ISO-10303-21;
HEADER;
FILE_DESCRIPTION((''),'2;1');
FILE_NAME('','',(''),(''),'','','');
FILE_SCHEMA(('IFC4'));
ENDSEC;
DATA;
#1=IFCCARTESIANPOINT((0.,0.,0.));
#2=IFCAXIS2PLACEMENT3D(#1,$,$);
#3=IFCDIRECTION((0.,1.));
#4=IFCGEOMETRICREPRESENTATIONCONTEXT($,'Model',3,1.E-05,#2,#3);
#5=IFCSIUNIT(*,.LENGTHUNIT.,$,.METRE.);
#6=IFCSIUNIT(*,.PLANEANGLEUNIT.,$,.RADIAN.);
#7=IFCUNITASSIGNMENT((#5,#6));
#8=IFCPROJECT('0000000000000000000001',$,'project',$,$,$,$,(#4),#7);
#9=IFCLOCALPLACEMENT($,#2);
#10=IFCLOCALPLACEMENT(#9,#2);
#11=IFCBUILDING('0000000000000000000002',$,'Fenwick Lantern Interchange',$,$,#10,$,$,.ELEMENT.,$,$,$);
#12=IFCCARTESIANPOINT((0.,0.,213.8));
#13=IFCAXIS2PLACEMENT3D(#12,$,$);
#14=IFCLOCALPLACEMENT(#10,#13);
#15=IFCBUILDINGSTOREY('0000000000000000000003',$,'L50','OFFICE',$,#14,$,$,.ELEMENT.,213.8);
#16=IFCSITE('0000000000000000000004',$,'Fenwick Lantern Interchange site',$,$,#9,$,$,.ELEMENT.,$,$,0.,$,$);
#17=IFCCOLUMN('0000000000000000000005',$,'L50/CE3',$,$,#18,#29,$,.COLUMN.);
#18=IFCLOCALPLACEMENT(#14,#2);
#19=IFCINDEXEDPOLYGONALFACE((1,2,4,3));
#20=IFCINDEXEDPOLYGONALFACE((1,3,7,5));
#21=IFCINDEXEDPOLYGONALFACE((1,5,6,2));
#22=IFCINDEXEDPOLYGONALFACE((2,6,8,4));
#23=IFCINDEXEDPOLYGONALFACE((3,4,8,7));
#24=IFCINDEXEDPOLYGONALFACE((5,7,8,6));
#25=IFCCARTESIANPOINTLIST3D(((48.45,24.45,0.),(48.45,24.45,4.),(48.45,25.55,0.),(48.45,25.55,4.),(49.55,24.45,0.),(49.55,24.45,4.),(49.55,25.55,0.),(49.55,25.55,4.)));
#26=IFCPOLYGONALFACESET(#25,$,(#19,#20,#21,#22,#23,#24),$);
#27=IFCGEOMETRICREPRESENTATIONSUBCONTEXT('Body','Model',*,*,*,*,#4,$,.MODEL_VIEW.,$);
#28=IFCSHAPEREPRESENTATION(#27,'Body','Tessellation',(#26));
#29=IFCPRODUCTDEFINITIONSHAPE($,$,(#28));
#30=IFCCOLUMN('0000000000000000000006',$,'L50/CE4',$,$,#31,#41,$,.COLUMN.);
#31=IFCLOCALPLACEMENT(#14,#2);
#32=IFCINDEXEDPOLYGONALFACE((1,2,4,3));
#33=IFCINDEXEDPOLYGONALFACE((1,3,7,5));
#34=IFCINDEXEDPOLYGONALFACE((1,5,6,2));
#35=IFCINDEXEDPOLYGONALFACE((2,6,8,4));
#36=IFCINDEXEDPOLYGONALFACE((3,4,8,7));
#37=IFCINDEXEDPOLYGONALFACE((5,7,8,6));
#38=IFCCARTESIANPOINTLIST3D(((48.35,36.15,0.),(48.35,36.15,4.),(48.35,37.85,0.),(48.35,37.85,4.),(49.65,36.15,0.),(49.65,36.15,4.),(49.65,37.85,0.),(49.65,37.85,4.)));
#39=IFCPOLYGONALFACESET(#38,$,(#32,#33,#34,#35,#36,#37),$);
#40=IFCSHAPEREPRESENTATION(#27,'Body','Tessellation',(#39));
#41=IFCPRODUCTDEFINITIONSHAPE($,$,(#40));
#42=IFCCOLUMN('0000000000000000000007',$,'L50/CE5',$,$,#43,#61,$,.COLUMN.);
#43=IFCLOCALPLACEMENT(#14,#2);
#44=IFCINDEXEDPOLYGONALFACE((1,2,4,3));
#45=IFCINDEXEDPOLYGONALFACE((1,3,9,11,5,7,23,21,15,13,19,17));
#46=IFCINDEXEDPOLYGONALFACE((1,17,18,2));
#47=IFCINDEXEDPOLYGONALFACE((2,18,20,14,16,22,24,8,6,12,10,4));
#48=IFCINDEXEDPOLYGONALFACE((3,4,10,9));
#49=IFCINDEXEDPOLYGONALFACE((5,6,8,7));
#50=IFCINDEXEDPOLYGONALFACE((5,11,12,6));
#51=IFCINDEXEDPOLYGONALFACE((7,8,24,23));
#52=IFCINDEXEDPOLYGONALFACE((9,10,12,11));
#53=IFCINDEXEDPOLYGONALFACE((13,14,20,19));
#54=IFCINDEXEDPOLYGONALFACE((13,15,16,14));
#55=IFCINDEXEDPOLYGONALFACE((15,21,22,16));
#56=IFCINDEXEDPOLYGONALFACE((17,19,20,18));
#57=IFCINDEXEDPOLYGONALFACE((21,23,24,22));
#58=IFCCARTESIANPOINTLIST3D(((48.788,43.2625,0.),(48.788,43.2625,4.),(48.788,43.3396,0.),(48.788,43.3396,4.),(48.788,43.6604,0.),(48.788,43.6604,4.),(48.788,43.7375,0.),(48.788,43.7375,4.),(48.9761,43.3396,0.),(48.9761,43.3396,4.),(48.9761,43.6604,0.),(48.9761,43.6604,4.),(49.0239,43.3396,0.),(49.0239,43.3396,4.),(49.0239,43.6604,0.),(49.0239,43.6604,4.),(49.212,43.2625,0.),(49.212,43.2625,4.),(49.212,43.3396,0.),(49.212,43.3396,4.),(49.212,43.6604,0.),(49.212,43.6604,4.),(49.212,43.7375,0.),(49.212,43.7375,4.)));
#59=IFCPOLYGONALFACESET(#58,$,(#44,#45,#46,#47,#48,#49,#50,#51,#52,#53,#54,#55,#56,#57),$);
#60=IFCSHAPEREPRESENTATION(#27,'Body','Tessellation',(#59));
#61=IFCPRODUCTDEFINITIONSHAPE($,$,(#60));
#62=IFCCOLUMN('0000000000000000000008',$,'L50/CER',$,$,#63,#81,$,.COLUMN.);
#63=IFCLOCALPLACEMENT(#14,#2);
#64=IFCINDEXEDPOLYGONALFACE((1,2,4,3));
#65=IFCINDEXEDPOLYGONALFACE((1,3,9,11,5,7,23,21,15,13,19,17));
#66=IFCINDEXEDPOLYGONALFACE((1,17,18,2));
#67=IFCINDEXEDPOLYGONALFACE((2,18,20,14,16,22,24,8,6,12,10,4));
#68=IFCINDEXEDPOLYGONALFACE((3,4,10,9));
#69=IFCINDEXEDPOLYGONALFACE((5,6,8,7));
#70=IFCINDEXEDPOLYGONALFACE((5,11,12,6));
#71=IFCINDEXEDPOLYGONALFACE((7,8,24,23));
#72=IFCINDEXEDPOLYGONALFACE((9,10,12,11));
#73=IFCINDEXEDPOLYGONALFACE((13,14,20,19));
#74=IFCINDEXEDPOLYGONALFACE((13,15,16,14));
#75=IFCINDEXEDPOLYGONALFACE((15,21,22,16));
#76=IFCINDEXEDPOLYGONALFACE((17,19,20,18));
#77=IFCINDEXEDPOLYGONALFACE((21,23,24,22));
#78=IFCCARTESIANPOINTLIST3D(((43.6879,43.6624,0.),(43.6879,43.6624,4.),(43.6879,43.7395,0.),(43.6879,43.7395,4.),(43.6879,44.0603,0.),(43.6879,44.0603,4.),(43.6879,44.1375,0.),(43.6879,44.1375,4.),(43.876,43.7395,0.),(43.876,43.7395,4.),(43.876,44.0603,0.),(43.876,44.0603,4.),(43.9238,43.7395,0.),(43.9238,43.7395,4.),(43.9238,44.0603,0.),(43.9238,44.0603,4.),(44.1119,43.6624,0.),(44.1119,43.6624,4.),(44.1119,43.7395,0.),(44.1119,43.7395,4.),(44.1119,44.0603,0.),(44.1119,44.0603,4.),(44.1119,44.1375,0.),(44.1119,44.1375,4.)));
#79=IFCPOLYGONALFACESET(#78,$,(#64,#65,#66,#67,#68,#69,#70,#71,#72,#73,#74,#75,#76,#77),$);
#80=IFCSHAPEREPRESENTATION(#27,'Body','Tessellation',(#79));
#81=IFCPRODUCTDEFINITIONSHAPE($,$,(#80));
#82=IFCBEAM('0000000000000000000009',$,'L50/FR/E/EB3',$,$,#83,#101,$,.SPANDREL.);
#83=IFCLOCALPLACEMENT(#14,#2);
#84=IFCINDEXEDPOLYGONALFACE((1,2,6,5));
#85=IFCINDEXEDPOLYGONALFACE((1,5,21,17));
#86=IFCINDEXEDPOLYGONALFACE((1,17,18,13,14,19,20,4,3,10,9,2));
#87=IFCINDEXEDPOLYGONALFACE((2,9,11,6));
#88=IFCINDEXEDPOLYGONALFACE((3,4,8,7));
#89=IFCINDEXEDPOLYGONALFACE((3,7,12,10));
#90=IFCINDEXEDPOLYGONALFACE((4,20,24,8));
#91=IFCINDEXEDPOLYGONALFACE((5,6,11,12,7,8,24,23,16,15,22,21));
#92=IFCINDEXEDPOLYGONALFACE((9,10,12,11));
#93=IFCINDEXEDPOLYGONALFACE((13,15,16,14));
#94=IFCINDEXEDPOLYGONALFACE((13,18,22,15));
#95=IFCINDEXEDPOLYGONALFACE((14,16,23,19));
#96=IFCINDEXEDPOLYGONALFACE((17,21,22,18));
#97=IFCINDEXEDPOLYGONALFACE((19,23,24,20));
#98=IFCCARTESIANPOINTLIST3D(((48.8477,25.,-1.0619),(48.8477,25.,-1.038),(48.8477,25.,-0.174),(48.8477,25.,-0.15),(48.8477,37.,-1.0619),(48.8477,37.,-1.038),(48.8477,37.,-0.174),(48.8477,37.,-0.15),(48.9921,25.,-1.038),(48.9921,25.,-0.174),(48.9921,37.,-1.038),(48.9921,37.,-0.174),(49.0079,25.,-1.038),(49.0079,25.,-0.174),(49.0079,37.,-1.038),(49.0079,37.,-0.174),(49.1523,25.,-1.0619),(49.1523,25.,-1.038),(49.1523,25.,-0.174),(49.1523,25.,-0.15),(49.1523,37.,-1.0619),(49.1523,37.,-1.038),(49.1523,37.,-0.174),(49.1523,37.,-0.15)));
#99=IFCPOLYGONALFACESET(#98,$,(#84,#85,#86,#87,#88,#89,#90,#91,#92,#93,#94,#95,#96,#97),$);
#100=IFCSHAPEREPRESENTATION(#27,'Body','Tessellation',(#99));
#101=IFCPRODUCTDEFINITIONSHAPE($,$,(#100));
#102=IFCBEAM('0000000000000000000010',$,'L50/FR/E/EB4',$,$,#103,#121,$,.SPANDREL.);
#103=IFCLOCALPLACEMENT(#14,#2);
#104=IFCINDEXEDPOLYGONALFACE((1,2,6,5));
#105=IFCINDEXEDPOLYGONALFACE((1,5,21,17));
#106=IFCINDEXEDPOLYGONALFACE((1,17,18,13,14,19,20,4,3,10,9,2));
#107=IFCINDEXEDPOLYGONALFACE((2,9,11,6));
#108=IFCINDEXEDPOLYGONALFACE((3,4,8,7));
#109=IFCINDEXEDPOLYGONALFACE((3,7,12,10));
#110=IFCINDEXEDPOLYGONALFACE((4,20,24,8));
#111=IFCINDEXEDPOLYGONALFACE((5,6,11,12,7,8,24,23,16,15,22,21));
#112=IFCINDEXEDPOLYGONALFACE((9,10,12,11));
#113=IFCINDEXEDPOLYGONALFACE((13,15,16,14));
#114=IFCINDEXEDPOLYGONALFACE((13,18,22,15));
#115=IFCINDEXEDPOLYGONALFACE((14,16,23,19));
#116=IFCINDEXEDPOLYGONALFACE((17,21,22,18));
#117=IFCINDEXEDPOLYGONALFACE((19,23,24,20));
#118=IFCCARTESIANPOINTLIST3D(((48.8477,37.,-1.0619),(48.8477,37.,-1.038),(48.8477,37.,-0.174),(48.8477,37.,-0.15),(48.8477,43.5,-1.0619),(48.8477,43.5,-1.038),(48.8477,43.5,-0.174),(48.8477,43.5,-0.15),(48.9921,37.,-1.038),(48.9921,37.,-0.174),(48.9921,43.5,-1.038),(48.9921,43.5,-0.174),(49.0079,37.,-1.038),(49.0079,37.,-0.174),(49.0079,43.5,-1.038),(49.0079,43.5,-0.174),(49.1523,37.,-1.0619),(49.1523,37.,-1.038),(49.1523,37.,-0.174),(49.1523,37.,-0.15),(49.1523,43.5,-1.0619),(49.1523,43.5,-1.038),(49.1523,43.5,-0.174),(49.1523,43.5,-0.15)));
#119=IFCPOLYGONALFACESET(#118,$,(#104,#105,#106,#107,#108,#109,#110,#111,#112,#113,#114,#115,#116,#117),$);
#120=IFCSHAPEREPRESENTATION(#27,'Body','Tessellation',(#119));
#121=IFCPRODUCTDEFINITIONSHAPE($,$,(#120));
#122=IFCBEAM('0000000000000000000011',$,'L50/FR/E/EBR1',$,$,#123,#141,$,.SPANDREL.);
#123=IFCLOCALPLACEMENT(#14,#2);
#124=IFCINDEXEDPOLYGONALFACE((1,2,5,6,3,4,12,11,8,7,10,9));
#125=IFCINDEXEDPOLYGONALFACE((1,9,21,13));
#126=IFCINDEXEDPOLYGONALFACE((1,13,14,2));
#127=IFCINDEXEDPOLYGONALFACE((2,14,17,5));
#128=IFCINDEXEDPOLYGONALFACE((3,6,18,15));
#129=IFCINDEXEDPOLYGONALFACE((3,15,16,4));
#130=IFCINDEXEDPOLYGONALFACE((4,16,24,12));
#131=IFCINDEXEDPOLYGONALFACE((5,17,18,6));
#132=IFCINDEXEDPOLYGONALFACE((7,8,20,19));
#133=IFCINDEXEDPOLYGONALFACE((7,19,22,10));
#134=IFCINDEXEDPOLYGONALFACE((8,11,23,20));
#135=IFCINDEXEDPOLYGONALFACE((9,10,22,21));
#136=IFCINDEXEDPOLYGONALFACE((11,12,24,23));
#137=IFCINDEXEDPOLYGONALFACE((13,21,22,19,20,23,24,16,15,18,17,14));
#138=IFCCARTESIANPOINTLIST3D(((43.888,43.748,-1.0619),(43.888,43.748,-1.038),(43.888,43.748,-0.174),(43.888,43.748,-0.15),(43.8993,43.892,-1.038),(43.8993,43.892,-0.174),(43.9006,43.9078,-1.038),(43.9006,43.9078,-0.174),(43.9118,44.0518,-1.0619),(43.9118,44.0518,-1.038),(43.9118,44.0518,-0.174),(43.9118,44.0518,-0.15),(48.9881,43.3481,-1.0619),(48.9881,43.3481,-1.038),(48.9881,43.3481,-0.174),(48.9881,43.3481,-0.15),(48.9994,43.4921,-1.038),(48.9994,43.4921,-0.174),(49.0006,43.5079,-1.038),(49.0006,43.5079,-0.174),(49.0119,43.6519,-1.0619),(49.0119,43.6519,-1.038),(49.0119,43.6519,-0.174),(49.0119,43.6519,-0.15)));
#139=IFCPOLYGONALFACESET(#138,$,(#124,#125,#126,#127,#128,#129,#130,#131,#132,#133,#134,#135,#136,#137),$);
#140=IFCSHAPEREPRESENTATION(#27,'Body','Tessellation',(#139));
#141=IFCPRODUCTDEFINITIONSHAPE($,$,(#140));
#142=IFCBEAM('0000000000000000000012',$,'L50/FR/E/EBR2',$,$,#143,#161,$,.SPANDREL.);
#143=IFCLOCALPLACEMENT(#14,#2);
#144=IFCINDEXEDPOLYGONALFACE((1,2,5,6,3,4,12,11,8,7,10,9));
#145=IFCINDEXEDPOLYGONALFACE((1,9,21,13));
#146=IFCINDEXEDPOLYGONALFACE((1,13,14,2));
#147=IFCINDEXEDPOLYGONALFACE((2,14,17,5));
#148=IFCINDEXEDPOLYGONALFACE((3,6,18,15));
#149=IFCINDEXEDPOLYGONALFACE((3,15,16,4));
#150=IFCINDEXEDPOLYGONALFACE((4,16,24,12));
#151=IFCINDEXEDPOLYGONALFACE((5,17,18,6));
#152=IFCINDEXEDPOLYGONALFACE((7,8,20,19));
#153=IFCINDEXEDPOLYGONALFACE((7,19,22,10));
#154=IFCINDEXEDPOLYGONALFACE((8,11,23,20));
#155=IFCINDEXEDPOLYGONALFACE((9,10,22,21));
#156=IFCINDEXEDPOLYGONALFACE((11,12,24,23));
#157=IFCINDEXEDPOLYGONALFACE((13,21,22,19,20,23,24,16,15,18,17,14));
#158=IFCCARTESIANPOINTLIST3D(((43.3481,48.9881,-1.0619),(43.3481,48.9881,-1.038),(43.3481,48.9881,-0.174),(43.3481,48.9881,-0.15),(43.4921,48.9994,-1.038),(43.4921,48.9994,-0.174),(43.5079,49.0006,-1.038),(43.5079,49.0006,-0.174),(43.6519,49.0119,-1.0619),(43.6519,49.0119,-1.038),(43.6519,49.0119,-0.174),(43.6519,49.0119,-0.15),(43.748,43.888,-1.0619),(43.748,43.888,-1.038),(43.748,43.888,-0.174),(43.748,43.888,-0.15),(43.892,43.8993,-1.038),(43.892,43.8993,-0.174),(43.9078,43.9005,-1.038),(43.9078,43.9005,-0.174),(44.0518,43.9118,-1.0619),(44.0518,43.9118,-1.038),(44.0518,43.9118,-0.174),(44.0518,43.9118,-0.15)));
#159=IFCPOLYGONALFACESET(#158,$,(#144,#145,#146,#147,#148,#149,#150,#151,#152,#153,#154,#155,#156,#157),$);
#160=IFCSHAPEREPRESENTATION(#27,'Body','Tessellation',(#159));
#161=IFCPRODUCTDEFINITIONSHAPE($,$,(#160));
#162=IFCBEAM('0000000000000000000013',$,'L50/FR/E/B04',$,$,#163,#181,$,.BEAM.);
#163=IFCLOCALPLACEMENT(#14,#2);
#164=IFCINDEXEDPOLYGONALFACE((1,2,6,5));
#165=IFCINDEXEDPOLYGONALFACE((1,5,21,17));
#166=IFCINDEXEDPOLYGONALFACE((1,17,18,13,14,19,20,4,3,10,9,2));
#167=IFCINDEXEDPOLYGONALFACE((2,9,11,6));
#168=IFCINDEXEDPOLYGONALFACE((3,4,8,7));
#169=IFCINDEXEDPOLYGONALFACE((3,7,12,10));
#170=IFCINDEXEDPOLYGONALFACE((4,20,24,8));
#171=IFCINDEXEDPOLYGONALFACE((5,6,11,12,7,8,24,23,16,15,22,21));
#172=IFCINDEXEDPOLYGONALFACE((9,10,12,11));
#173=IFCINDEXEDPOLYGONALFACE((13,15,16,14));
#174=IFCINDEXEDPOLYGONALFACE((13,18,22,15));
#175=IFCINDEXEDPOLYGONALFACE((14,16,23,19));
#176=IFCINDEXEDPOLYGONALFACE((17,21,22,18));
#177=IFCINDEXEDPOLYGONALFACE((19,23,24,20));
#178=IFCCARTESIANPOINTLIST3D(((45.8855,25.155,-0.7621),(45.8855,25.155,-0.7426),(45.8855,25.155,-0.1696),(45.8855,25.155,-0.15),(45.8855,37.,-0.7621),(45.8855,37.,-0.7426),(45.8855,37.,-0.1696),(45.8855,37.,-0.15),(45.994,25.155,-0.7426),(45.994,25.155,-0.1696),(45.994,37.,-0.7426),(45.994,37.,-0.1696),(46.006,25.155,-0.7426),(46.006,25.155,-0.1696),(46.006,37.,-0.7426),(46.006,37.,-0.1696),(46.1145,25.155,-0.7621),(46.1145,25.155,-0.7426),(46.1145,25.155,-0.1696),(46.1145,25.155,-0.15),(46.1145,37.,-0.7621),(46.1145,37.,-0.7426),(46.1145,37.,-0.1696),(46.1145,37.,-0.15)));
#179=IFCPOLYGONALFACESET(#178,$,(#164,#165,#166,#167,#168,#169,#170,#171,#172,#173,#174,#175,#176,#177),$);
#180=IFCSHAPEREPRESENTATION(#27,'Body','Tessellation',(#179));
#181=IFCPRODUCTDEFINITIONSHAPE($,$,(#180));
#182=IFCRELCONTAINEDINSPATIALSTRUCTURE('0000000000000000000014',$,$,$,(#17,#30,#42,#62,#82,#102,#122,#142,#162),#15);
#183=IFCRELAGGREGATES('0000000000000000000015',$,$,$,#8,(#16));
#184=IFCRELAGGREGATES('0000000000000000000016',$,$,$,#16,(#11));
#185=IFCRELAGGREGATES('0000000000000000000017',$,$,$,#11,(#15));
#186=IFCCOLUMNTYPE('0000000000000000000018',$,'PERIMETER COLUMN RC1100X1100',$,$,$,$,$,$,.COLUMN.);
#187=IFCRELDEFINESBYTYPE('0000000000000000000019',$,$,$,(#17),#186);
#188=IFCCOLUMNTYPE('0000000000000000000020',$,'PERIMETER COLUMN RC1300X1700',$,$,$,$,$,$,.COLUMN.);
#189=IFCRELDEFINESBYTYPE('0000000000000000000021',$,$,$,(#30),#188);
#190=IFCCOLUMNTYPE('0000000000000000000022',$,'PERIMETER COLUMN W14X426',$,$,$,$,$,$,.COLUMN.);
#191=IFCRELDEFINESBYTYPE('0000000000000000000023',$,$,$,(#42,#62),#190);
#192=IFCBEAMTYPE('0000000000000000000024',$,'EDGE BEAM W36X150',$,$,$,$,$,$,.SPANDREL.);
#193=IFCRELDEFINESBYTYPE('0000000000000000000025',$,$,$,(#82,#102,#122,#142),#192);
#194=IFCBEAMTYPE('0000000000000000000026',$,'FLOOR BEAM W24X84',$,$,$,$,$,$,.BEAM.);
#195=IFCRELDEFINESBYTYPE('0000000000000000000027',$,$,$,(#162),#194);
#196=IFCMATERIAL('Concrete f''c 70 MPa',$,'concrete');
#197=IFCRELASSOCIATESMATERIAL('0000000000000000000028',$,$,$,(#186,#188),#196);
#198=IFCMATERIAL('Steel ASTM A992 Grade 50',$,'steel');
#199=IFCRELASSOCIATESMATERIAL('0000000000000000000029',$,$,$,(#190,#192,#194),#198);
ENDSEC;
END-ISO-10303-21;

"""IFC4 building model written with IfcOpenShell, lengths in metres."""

from ifc_helpers import new_model, si_unit, direction, frame, origin, origin_2d, place, context, subcontext, project, spatial, rectangle, i_section, extrude, material, material_profile, profile_set, type_object, element, save


model = new_model("IFC4")

# Units and contexts
model_context = context("Model", 3, precision=1e-05, world=origin(), true_north=direction((0.0, 1.0)))
body_context = subcontext(model_context, "Body", "Model", "MODEL_VIEW")
ifc_project = project(units=[si_unit("LENGTHUNIT", "METRE"), si_unit("PLANEANGLEUNIT", "RADIAN")], contexts=[model_context])

# Site, building, storey
site_placement = place(None, origin())
site = spatial("IfcSite", under=ifc_project, at=site_placement, Name="Fenwick Lantern Interchange site", CompositionType="ELEMENT", RefElevation=0.0)
building_placement = place(site_placement, origin())
building = spatial("IfcBuilding", under=site, at=building_placement, Name="Fenwick Lantern Interchange", CompositionType="ELEMENT")
storey_placement = place(building_placement, frame((0.0, 0.0, 213.8)))
storey = spatial("IfcBuildingStorey", under=building, at=storey_placement, Name="L50", Description="OFFICE", CompositionType="ELEMENT", Elevation=213.8)

# Columns
ifc_material_1 = material(Name="Concrete f'c 70 MPa", Category="concrete")
ifc_material_profile_1 = material_profile(ifc_material_1, rectangle(XDim=1.1001, YDim=1.1001, at=origin_2d()), Name="RC1100X1100")
ifc_profile_set_1 = profile_set([ifc_material_profile_1], Name="Concrete f'c 70 MPa")
column_type_1 = type_object("IfcColumnType", Name="PERIMETER COLUMN RC1100X1100", PredefinedType="COLUMN", material=ifc_profile_set_1)
column_1_placement = place(storey_placement, frame((49.0, 25.0, 0.0), z_axis=(0.0, 0.0, 1.0), x_axis=(1.0, 0.0, 0.0)))
element("IfcColumn", 1, at=column_1_placement, inside=storey, type_object=column_type_1, Name="L50/CE3", PredefinedType="COLUMN", context=body_context, shape_type="SweptSolid", body=[
    extrude(rectangle(XDim=1.1001, YDim=1.1001, at=origin_2d()), origin(), (0.0, 0.0, 1.0), 4.0),
])
ifc_material_profile_2 = material_profile(ifc_material_1, rectangle(XDim=1.3, YDim=1.7, at=origin_2d()), Name="RC1300X1700")
ifc_profile_set_2 = profile_set([ifc_material_profile_2], Name="Concrete f'c 70 MPa")
column_type_2 = type_object("IfcColumnType", Name="PERIMETER COLUMN RC1300X1700", PredefinedType="COLUMN", material=ifc_profile_set_2)
column_2_placement = place(storey_placement, frame((49.0, 37.0, 0.0), z_axis=(0.0, 0.0, 1.0), x_axis=(1.0, 0.0, 0.0)))
element("IfcColumn", 2, at=column_2_placement, inside=storey, type_object=column_type_2, Name="L50/CE4", PredefinedType="COLUMN", context=body_context, shape_type="SweptSolid", body=[
    extrude(rectangle(XDim=1.3, YDim=1.7, at=origin_2d()), origin(), (0.0, 0.0, 1.0), 4.0),
])
ifc_material_2 = material(Name="Steel ASTM A992 Grade 50", Category="steel")
ifc_material_profile_3 = material_profile(ifc_material_2, i_section(OverallWidth=0.4241, OverallDepth=0.4751, WebThickness=0.0479, FlangeThickness=0.0771, at=origin_2d()), Name="W14X426")
ifc_profile_set_3 = profile_set([ifc_material_profile_3], Name="Steel ASTM A992 Grade 50")
column_type_3 = type_object("IfcColumnType", Name="PERIMETER COLUMN W14X426", PredefinedType="COLUMN", material=ifc_profile_set_3)
for number, where, z_axis, x_axis, name in (
    (3, (49.0, 43.5, 0.0), (0.0, 0.0, 1.0), (1.0, 0.0, 0.0), "L50/CE5"),
    (4, (43.8999, 43.8999, 0.0), (0.0, 0.0, 1.0), (1.0, 0.0, 0.0), "L50/CER"),
):
    element("IfcColumn", number, at=place(storey_placement, frame(where, z_axis=z_axis, x_axis=x_axis)), inside=storey, type_object=column_type_3, Name=name, PredefinedType="COLUMN", context=body_context, shape_type="SweptSolid", body=[
        extrude(i_section(OverallWidth=0.4241, OverallDepth=0.4751, WebThickness=0.0479, FlangeThickness=0.0771, at=origin_2d()), origin(), (0.0, 0.0, 1.0), 4.0),
    ])

# Beams
ifc_material_profile_4 = material_profile(ifc_material_2, i_section(OverallWidth=0.3047, OverallDepth=0.9119, WebThickness=0.0159, FlangeThickness=0.0239, at=origin_2d()), Name="W36X150")
ifc_profile_set_4 = profile_set([ifc_material_profile_4], Name="Steel ASTM A992 Grade 50")
beam_type_1 = type_object("IfcBeamType", Name="EDGE BEAM W36X150", PredefinedType="SPANDREL", material=ifc_profile_set_4)
beam_1_placement = place(storey_placement, frame((49.0, 25.0, -0.606), z_axis=(0.0, 1.0, 0.0), x_axis=(-1.0, 0.0, 0.0)))
element("IfcBeam", 5, at=beam_1_placement, inside=storey, type_object=beam_type_1, Name="L50/FR/E/EB3", PredefinedType="SPANDREL", context=body_context, shape_type="SweptSolid", body=[
    extrude(i_section(OverallWidth=0.3047, OverallDepth=0.9119, WebThickness=0.0159, FlangeThickness=0.0239, at=origin_2d()), origin(), (0.0, 0.0, 1.0), 12.0),
])
beam_2_placement = place(storey_placement, frame((49.0, 37.0, -0.606), z_axis=(0.0, 1.0, 0.0), x_axis=(-1.0, 0.0, 0.0)))
element("IfcBeam", 6, at=beam_2_placement, inside=storey, type_object=beam_type_1, Name="L50/FR/E/EB4", PredefinedType="SPANDREL", context=body_context, shape_type="SweptSolid", body=[
    extrude(i_section(OverallWidth=0.3047, OverallDepth=0.9119, WebThickness=0.0159, FlangeThickness=0.0239, at=origin_2d()), origin(), (0.0, 0.0, 1.0), 6.5),
])
for number, where, z_axis, x_axis, name in (
    (7, (49.0, 43.5, -0.606), (-0.99694, 0.078171, 0.0), (-0.078171, -0.99694, 0.0), "L50/FR/E/EBR1"),
    (8, (43.8999, 43.8999, -0.606), (-0.078171, 0.99694, 0.0), (-0.99694, -0.078171, 0.0), "L50/FR/E/EBR2"),
):
    element("IfcBeam", number, at=place(storey_placement, frame(where, z_axis=z_axis, x_axis=x_axis)), inside=storey, type_object=beam_type_1, Name=name, PredefinedType="SPANDREL", context=body_context, shape_type="SweptSolid", body=[
        extrude(i_section(OverallWidth=0.3047, OverallDepth=0.9119, WebThickness=0.0159, FlangeThickness=0.0239, at=origin_2d()), origin(), (0.0, 0.0, 1.0), 5.1157),
    ])
ifc_material_profile_5 = material_profile(ifc_material_2, i_section(OverallWidth=0.229, OverallDepth=0.6121, WebThickness=0.012, FlangeThickness=0.0195, at=origin_2d()), Name="W24X84")
ifc_profile_set_5 = profile_set([ifc_material_profile_5], Name="Steel ASTM A992 Grade 50")
beam_type_2 = type_object("IfcBeamType", Name="FLOOR BEAM W24X84", PredefinedType="BEAM", material=ifc_profile_set_5)
beam_3_placement = place(storey_placement, frame((46.0, 25.155, -0.4561), z_axis=(0.0, 1.0, 0.0), x_axis=(-1.0, 0.0, 0.0)))
element("IfcBeam", 9, at=beam_3_placement, inside=storey, type_object=beam_type_2, Name="L50/FR/E/B04", PredefinedType="BEAM", context=body_context, shape_type="SweptSolid", body=[
    extrude(i_section(OverallWidth=0.229, OverallDepth=0.6121, WebThickness=0.012, FlangeThickness=0.0195, at=origin_2d()), origin(), (0.0, 0.0, 1.0), 11.845),
])

save(model, "model.ifc")
